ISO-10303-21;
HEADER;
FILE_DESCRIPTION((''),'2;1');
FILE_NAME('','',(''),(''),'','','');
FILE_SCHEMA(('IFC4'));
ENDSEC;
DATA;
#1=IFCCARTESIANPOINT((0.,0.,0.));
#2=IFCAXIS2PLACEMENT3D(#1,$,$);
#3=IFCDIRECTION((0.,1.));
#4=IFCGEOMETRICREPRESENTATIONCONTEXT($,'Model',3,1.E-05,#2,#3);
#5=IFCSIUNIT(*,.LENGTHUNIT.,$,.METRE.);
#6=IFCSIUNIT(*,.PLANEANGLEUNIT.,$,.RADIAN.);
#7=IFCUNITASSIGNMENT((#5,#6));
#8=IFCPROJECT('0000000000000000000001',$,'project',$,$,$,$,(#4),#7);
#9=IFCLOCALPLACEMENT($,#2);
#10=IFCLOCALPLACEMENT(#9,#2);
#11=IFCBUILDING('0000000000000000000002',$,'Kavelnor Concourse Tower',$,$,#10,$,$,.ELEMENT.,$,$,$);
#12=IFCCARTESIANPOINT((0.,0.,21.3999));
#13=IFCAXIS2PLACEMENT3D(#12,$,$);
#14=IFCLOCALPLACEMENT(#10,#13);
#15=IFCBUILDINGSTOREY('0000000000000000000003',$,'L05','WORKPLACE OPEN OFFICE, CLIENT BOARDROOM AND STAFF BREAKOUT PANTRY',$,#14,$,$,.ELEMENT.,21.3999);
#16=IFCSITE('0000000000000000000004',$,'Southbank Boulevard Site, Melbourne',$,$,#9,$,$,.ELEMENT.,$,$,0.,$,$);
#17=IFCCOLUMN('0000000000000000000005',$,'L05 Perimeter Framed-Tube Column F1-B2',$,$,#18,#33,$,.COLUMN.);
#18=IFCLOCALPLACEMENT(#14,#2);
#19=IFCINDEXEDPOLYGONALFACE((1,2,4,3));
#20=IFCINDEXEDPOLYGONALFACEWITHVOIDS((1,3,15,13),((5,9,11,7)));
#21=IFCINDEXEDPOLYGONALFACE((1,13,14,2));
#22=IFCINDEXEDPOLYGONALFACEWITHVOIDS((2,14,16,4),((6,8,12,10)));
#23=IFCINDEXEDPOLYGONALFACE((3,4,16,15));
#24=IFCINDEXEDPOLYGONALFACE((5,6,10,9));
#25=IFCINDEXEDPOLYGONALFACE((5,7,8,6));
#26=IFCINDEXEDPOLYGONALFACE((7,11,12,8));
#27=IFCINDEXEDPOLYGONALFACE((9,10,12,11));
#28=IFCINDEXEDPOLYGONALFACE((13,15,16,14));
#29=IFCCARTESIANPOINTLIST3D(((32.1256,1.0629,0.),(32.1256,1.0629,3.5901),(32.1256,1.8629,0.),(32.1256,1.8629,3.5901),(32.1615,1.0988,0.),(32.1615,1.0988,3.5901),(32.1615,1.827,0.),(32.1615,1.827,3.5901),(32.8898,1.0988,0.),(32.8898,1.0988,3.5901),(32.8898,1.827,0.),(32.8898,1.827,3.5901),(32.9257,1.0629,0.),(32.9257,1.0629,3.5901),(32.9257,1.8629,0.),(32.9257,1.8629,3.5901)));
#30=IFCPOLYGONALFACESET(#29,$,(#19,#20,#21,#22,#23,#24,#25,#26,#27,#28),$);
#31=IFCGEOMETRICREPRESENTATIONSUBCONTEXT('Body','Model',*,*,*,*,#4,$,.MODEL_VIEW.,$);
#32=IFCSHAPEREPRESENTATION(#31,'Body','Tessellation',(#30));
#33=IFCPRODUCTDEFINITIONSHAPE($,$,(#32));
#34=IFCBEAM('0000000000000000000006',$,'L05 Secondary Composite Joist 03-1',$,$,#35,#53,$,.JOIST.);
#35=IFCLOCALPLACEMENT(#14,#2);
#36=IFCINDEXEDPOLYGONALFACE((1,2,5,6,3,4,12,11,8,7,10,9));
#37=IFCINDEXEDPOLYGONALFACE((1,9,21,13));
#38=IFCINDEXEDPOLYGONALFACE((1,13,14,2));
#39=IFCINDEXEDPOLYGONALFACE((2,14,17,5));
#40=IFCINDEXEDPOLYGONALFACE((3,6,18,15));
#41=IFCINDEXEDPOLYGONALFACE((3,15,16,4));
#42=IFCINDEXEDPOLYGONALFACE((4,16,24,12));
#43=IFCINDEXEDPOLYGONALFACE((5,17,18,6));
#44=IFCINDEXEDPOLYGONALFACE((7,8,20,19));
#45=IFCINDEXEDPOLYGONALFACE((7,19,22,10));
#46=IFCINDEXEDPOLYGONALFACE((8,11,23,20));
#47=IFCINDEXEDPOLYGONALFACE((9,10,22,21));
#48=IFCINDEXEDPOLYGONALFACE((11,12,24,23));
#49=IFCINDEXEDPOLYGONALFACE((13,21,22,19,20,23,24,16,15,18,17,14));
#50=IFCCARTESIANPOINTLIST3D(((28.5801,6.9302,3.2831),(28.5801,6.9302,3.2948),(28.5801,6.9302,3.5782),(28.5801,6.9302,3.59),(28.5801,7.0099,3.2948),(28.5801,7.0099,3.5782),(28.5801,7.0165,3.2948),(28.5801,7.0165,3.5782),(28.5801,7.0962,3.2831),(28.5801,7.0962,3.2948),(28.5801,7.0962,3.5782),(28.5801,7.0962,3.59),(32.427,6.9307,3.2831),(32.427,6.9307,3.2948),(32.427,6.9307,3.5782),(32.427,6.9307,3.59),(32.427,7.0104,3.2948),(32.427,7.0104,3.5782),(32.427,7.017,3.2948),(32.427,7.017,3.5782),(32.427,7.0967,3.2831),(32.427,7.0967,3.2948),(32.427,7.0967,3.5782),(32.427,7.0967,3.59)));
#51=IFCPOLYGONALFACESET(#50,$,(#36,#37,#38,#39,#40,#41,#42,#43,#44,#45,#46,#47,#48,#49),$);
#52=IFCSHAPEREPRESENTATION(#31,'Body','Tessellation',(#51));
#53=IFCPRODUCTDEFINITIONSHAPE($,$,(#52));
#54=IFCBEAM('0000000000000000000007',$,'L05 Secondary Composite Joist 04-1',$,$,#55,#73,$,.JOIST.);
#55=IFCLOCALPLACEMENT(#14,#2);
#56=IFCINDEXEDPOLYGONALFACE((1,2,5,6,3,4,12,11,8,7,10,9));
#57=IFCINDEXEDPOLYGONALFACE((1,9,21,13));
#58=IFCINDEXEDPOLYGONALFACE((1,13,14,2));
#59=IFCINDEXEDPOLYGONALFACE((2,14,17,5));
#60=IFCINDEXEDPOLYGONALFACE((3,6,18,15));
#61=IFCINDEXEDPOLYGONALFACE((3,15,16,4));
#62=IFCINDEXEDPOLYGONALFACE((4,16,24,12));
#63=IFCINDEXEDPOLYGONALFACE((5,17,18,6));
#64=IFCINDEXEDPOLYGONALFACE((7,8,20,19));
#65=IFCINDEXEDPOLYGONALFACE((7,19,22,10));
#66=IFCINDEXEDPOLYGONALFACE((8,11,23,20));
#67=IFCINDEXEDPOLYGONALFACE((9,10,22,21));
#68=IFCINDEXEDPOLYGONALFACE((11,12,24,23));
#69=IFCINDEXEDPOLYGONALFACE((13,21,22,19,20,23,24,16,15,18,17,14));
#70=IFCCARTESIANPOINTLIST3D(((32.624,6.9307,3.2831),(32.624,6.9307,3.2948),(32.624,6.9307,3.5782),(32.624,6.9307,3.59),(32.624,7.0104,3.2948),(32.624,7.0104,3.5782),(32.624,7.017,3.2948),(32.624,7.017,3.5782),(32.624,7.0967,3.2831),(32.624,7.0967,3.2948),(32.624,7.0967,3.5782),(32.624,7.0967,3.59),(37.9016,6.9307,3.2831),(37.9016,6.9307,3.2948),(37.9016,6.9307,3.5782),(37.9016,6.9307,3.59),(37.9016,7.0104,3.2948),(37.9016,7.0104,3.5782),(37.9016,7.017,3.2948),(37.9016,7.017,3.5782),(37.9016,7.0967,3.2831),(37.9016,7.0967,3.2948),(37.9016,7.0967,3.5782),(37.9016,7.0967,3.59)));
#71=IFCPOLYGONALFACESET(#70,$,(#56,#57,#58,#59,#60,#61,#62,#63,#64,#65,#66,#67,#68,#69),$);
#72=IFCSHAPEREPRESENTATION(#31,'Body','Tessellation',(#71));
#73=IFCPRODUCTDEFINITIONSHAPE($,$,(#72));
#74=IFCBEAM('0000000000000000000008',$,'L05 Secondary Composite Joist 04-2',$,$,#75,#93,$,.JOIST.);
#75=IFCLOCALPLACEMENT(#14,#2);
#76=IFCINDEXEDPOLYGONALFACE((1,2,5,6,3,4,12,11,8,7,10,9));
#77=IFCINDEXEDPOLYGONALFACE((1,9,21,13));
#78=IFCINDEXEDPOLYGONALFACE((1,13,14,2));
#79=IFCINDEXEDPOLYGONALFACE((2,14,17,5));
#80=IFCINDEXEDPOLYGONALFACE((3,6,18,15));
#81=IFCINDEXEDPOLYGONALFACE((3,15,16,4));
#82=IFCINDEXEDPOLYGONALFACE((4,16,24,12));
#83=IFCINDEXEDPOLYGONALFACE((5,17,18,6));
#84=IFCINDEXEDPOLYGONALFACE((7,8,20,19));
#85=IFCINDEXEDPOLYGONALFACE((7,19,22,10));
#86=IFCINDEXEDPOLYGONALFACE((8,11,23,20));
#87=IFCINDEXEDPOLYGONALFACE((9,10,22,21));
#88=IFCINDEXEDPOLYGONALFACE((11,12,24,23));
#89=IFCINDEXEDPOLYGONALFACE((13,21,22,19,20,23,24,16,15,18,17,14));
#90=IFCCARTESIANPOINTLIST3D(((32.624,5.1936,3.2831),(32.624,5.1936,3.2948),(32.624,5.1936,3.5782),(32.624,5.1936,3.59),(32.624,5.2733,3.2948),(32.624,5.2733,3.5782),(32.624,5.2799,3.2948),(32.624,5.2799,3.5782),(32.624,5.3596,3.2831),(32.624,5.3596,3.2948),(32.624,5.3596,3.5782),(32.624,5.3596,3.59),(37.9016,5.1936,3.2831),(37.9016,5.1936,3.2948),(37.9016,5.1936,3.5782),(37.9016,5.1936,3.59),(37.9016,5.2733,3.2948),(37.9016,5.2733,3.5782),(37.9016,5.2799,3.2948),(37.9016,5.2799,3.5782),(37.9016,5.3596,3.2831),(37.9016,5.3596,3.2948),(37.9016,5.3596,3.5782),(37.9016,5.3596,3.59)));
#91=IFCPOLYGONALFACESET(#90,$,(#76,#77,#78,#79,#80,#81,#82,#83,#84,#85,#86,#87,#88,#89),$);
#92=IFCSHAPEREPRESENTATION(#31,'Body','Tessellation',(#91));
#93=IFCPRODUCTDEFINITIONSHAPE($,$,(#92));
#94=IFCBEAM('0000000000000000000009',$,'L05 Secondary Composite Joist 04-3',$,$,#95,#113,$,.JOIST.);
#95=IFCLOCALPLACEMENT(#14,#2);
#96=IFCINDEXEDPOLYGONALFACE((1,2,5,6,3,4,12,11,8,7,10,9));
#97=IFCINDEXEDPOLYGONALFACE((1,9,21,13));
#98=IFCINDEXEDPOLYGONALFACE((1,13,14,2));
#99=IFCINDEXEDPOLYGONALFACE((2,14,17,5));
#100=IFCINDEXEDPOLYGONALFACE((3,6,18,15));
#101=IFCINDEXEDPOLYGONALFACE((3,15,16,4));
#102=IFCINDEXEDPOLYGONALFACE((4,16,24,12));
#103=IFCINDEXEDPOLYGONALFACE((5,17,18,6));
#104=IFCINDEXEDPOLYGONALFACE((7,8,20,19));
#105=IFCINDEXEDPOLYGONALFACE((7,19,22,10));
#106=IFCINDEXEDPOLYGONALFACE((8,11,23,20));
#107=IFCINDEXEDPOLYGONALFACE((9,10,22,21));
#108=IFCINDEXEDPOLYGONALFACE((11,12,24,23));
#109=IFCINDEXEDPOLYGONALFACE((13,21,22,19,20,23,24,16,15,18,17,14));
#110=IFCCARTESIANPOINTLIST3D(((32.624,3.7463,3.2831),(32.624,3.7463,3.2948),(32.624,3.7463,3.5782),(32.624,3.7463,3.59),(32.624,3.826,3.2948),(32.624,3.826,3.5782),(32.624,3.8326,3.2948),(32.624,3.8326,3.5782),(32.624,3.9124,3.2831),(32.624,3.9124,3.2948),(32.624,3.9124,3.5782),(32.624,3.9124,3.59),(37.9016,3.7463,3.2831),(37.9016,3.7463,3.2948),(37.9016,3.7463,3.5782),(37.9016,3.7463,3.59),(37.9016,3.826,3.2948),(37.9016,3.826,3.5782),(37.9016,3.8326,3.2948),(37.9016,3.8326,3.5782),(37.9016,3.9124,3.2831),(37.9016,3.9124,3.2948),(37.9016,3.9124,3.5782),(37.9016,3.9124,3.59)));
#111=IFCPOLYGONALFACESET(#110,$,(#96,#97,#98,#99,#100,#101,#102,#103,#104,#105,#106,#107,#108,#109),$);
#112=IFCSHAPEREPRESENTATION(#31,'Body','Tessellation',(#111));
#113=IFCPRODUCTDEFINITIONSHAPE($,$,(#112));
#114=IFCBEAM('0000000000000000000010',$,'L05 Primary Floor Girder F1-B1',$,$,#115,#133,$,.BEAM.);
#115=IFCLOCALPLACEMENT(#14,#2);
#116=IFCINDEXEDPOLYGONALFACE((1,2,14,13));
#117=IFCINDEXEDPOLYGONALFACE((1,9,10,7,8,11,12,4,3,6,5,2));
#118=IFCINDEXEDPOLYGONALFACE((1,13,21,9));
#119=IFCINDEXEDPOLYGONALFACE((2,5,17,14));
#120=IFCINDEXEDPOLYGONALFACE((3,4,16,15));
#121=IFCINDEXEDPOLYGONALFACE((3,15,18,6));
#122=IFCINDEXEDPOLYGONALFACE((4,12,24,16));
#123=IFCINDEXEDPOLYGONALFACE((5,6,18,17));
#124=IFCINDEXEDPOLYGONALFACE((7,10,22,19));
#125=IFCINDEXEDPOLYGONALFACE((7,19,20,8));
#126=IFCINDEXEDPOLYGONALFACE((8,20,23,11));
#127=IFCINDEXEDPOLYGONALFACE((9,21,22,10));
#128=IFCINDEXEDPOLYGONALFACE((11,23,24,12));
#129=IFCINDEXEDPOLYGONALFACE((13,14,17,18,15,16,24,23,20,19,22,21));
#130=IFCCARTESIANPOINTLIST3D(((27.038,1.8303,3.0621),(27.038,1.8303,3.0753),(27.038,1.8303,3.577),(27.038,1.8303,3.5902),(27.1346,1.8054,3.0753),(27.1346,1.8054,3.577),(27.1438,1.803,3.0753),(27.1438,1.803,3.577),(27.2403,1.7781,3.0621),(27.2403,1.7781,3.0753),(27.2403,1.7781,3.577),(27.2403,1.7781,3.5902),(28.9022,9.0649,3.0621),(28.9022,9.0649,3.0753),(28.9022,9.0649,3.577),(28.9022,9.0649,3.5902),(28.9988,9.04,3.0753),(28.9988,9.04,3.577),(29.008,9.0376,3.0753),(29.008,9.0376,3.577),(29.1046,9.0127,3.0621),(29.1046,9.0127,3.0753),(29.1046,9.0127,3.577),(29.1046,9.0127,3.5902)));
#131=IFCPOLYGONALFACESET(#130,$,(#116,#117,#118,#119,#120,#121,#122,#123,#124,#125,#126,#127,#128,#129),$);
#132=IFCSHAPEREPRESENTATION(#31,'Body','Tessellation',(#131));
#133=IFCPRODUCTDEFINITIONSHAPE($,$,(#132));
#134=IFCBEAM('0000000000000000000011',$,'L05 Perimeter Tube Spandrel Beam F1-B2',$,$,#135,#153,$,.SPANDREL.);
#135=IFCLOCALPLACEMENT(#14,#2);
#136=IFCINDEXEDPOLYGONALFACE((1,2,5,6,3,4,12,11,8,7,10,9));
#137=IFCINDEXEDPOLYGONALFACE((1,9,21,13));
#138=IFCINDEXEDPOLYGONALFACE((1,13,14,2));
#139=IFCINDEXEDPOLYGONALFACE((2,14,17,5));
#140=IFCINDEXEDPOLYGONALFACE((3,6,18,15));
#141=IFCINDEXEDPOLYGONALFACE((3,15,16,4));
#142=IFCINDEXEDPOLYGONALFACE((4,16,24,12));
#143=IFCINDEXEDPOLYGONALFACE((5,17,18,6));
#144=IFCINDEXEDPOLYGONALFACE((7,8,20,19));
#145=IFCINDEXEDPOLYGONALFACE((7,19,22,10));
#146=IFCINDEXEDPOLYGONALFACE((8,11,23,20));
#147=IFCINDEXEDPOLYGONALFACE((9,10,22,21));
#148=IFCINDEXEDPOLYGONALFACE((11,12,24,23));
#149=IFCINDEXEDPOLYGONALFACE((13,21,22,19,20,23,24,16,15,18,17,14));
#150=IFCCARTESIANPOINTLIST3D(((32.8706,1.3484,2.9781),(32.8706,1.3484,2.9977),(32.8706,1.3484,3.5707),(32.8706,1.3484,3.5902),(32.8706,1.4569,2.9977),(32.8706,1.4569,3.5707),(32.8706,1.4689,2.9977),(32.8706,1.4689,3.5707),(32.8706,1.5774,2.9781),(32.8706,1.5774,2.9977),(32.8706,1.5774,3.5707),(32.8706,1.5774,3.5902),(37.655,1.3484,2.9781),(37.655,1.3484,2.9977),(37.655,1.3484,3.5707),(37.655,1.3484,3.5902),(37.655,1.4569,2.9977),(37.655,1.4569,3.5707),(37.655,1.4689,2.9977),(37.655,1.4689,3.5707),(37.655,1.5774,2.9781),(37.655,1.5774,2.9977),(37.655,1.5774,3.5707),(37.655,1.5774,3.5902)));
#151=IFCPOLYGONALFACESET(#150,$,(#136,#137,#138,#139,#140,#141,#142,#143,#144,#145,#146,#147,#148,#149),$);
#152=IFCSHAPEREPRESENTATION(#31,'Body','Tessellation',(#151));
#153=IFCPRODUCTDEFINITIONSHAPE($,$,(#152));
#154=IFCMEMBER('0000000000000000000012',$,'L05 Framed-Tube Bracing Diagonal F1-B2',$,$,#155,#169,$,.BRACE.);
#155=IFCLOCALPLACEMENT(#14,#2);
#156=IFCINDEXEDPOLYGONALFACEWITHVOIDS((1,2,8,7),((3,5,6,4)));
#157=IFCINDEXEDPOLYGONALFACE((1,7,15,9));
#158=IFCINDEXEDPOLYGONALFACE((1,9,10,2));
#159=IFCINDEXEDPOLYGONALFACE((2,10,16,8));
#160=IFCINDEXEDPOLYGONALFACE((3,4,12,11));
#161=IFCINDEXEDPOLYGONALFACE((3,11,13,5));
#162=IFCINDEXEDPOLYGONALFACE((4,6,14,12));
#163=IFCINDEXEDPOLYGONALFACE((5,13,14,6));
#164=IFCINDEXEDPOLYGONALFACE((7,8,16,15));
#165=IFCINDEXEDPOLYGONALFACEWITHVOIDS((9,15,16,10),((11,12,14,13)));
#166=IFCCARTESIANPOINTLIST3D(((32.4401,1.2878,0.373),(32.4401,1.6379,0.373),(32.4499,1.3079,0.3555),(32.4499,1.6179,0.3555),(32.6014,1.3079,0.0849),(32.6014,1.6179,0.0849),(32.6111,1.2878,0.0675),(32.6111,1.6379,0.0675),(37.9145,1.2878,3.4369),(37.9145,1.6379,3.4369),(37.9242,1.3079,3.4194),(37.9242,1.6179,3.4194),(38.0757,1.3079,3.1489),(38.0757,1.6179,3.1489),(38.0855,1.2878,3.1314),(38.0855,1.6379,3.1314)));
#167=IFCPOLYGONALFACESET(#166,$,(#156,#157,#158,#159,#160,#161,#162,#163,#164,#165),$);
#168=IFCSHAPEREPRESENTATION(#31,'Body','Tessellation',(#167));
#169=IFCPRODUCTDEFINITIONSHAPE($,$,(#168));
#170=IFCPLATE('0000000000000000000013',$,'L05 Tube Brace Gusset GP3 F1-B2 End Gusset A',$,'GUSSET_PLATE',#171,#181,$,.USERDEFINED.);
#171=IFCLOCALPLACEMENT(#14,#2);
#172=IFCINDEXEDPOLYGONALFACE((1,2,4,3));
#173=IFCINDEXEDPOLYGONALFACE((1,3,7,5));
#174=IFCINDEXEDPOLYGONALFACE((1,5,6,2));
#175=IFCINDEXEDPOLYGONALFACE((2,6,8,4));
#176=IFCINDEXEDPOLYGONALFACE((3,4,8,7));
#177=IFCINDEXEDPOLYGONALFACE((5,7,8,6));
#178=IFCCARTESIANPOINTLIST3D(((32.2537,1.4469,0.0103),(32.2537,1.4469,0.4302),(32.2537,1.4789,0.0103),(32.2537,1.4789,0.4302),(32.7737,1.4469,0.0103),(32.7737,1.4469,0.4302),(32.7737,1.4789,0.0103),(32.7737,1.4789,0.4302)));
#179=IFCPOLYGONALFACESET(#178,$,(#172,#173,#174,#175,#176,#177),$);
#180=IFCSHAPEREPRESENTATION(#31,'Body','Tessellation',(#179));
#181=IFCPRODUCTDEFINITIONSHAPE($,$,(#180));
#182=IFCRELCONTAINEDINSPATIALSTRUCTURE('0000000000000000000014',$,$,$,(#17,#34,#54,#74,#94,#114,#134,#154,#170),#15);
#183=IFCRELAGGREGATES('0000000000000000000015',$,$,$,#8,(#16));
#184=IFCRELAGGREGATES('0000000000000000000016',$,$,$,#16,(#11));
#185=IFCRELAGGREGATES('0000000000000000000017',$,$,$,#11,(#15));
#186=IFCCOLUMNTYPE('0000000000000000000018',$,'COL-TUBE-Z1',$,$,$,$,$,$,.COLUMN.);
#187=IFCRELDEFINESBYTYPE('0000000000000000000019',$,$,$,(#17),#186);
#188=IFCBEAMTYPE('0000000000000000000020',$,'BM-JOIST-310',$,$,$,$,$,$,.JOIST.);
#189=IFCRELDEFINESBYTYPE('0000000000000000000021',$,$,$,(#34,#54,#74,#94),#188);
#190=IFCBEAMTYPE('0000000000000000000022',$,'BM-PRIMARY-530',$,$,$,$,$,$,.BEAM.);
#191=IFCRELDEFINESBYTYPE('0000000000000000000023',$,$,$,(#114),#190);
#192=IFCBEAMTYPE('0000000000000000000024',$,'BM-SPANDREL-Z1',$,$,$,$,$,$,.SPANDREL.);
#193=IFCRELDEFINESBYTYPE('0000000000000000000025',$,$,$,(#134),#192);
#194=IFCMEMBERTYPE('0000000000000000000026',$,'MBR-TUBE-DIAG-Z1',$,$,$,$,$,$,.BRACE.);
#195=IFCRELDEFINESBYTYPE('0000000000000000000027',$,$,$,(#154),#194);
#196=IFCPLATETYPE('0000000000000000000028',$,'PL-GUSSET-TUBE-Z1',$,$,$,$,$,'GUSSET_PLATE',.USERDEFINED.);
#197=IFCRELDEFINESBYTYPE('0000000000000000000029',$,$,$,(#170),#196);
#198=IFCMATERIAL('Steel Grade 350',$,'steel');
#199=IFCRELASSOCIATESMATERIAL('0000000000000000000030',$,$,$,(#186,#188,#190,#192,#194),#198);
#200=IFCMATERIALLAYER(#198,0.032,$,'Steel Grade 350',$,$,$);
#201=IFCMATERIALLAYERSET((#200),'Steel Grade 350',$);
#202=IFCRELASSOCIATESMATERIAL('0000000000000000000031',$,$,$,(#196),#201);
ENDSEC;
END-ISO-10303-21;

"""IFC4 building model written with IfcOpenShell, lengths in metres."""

from ifc_helpers import new_model, si_unit, direction, frame, origin, origin_2d, place, context, subcontext, project, spatial, rectangle, hollow_rectangle, i_section, extrude, material, layer, layer_set, material_profile, profile_set, type_object, element, save


model = new_model("IFC4")

# Units and contexts
model_context = context("Model", 3, precision=1e-05, world=origin(), true_north=direction((0.0, 1.0)))
body_context = subcontext(model_context, "Body", "Model", "MODEL_VIEW")
ifc_project = project(units=[si_unit("LENGTHUNIT", "METRE"), si_unit("PLANEANGLEUNIT", "RADIAN")], contexts=[model_context])

# Site, building, storey
site_placement = place(None, origin())
site = spatial("IfcSite", under=ifc_project, at=site_placement, Name="Southbank Boulevard Site, Melbourne", CompositionType="ELEMENT", RefElevation=0.0)
building_placement = place(site_placement, origin())
building = spatial("IfcBuilding", under=site, at=building_placement, Name="Kavelnor Concourse Tower", CompositionType="ELEMENT")
storey_placement = place(building_placement, frame((0.0, 0.0, 21.3999)))
storey = spatial("IfcBuildingStorey", under=building, at=storey_placement, Name="L05", Description="WORKPLACE OPEN OFFICE, CLIENT BOARDROOM AND STAFF BREAKOUT PANTRY", CompositionType="ELEMENT", Elevation=21.3999)

# Column
ifc_material_1 = material(Name="Steel Grade 350", Category="steel")
ifc_material_profile_1 = material_profile(ifc_material_1, hollow_rectangle(XDim=0.8, YDim=0.8, WallThickness=0.0359, at=origin_2d()), Name="SHS 800x800x36")
ifc_profile_set_1 = profile_set([ifc_material_profile_1], Name="Steel Grade 350")
column_type = type_object("IfcColumnType", Name="COL-TUBE-Z1", PredefinedType="COLUMN", material=ifc_profile_set_1)
column_placement = place(storey_placement, frame((32.5256, 1.4629, 0.0), z_axis=(0.0, 0.0, 1.0), x_axis=(1.0, 0.0, 0.0)))
element("IfcColumn", 1, at=column_placement, inside=storey, type_object=column_type, Name="L05 Perimeter Framed-Tube Column F1-B2", PredefinedType="COLUMN", context=body_context, shape_type="SweptSolid", body=[
    extrude(hollow_rectangle(XDim=0.8, YDim=0.8, WallThickness=0.0359, at=origin_2d()), origin(), (0.0, 0.0, 1.0), 3.5901),
])

# Beams
ifc_material_profile_2 = material_profile(ifc_material_1, i_section(OverallWidth=0.166, OverallDepth=0.3069, WebThickness=0.0066, FlangeThickness=0.0117, at=origin_2d()), Name="310UB46")
ifc_profile_set_2 = profile_set([ifc_material_profile_2], Name="Steel Grade 350")
beam_type_1 = type_object("IfcBeamType", Name="BM-JOIST-310", PredefinedType="JOIST", material=ifc_profile_set_2)
beam_1_placement = place(storey_placement, frame((28.5801, 7.0132, 3.4365), z_axis=(1.0, 0.000127, 0.0), x_axis=(-0.000127, 1.0, 0.0)))
element("IfcBeam", 2, at=beam_1_placement, inside=storey, type_object=beam_type_1, Name="L05 Secondary Composite Joist 03-1", PredefinedType="JOIST", context=body_context, shape_type="SweptSolid", body=[
    extrude(i_section(OverallWidth=0.166, OverallDepth=0.3069, WebThickness=0.0066, FlangeThickness=0.0117, at=origin_2d()), origin(), (0.0, 0.0, 1.0), 3.8469),
])
for number, where, z_axis, x_axis, name in (
    (3, (32.624, 7.0137, 3.4365), (1.0, 0.0, 0.0), (0.0, 1.0, 0.0), "L05 Secondary Composite Joist 04-1"),
    (4, (32.624, 5.2766, 3.4365), (1.0, 0.0, 0.0), (0.0, 1.0, 0.0), "L05 Secondary Composite Joist 04-2"),
    (5, (32.624, 3.8293, 3.4365), (1.0, 0.0, 0.0), (0.0, 1.0, 0.0), "L05 Secondary Composite Joist 04-3"),
):
    element("IfcBeam", number, at=place(storey_placement, frame(where, z_axis=z_axis, x_axis=x_axis)), inside=storey, type_object=beam_type_1, Name=name, PredefinedType="JOIST", context=body_context, shape_type="SweptSolid", body=[
        extrude(i_section(OverallWidth=0.166, OverallDepth=0.3069, WebThickness=0.0066, FlangeThickness=0.0117, at=origin_2d()), origin(), (0.0, 0.0, 1.0), 5.2776),
    ])
ifc_material_profile_3 = material_profile(ifc_material_1, i_section(OverallWidth=0.209, OverallDepth=0.5281, WebThickness=0.0095, FlangeThickness=0.0132, at=origin_2d()), Name="530UB82")
ifc_profile_set_3 = profile_set([ifc_material_profile_3], Name="Steel Grade 350")
beam_type_2 = type_object("IfcBeamType", Name="BM-PRIMARY-530", PredefinedType="BEAM", material=ifc_profile_set_3)
beam_2_placement = place(storey_placement, frame((29.0034, 9.0388, 3.3262), z_axis=(-0.249534, -0.968366, 0.0), x_axis=(0.968366, -0.249534, 0.0)))
element("IfcBeam", 6, at=beam_2_placement, inside=storey, type_object=beam_type_2, Name="L05 Primary Floor Girder F1-B1", PredefinedType="BEAM", context=body_context, shape_type="SweptSolid", body=[
    extrude(i_section(OverallWidth=0.209, OverallDepth=0.5281, WebThickness=0.0095, FlangeThickness=0.0132, at=origin_2d()), origin(), (0.0, 0.0, 1.0), 7.4709),
])
ifc_material_profile_4 = material_profile(ifc_material_1, i_section(OverallWidth=0.229, OverallDepth=0.6121, WebThickness=0.012, FlangeThickness=0.0195, at=origin_2d()), Name="610UB125")
ifc_profile_set_4 = profile_set([ifc_material_profile_4], Name="Steel Grade 350")
beam_type_3 = type_object("IfcBeamType", Name="BM-SPANDREL-Z1", PredefinedType="SPANDREL", material=ifc_profile_set_4)
beam_3_placement = place(storey_placement, frame((32.8706, 1.4629, 3.2842), z_axis=(1.0, 0.0, 0.0), x_axis=(0.0, 1.0, 0.0)))
element("IfcBeam", 7, at=beam_3_placement, inside=storey, type_object=beam_type_3, Name="L05 Perimeter Tube Spandrel Beam F1-B2", PredefinedType="SPANDREL", context=body_context, shape_type="SweptSolid", body=[
    extrude(i_section(OverallWidth=0.229, OverallDepth=0.6121, WebThickness=0.012, FlangeThickness=0.0195, at=origin_2d()), origin(), (0.0, 0.0, 1.0), 4.7844),
])

# Member
ifc_material_profile_5 = material_profile(ifc_material_1, hollow_rectangle(XDim=0.3501, YDim=0.3501, WallThickness=0.02, at=origin_2d()), Name="SHS 350x350x20")
ifc_profile_set_5 = profile_set([ifc_material_profile_5], Name="Steel Grade 350")
member_type = type_object("IfcMemberType", Name="MBR-TUBE-DIAG-Z1", PredefinedType="BRACE", material=ifc_profile_set_5)
member_placement = place(storey_placement, frame((32.5256, 1.4629, 0.2202), z_axis=(0.87262, 0.0, 0.4884), x_axis=(0.0, 1.0, 0.0)))
element("IfcMember", 8, at=member_placement, inside=storey, type_object=member_type, Name="L05 Framed-Tube Bracing Diagonal F1-B2", PredefinedType="BRACE", context=body_context, shape_type="SweptSolid", body=[
    extrude(hollow_rectangle(XDim=0.3501, YDim=0.3501, WallThickness=0.02, at=origin_2d()), origin(), (0.0, 0.0, 1.0), 6.2734),
])

# Plate
ifc_layer_1 = layer(ifc_material_1, 0.032, Name="Steel Grade 350")
ifc_layer_set_1 = layer_set([ifc_layer_1], Name="Steel Grade 350")
plate_type = type_object("IfcPlateType", Name="PL-GUSSET-TUBE-Z1", ElementType="GUSSET_PLATE", PredefinedType="USERDEFINED", material=ifc_layer_set_1)
plate_placement = place(storey_placement, frame((32.5137, 1.4629, 0.0103), z_axis=(0.0, 0.0, 1.0), x_axis=(1.0, 0.0, 0.0)))
element("IfcPlate", 9, at=plate_placement, inside=storey, type_object=plate_type, Name="L05 Tube Brace Gusset GP3 F1-B2 End Gusset A", ObjectType="GUSSET_PLATE", PredefinedType="USERDEFINED", context=body_context, shape_type="SweptSolid", body=[
    extrude(rectangle(XDim=0.52, YDim=0.032, at=origin_2d()), origin(), (0.0, 0.0, 1.0), 0.4199),
])

save(model, "model.ifc")
